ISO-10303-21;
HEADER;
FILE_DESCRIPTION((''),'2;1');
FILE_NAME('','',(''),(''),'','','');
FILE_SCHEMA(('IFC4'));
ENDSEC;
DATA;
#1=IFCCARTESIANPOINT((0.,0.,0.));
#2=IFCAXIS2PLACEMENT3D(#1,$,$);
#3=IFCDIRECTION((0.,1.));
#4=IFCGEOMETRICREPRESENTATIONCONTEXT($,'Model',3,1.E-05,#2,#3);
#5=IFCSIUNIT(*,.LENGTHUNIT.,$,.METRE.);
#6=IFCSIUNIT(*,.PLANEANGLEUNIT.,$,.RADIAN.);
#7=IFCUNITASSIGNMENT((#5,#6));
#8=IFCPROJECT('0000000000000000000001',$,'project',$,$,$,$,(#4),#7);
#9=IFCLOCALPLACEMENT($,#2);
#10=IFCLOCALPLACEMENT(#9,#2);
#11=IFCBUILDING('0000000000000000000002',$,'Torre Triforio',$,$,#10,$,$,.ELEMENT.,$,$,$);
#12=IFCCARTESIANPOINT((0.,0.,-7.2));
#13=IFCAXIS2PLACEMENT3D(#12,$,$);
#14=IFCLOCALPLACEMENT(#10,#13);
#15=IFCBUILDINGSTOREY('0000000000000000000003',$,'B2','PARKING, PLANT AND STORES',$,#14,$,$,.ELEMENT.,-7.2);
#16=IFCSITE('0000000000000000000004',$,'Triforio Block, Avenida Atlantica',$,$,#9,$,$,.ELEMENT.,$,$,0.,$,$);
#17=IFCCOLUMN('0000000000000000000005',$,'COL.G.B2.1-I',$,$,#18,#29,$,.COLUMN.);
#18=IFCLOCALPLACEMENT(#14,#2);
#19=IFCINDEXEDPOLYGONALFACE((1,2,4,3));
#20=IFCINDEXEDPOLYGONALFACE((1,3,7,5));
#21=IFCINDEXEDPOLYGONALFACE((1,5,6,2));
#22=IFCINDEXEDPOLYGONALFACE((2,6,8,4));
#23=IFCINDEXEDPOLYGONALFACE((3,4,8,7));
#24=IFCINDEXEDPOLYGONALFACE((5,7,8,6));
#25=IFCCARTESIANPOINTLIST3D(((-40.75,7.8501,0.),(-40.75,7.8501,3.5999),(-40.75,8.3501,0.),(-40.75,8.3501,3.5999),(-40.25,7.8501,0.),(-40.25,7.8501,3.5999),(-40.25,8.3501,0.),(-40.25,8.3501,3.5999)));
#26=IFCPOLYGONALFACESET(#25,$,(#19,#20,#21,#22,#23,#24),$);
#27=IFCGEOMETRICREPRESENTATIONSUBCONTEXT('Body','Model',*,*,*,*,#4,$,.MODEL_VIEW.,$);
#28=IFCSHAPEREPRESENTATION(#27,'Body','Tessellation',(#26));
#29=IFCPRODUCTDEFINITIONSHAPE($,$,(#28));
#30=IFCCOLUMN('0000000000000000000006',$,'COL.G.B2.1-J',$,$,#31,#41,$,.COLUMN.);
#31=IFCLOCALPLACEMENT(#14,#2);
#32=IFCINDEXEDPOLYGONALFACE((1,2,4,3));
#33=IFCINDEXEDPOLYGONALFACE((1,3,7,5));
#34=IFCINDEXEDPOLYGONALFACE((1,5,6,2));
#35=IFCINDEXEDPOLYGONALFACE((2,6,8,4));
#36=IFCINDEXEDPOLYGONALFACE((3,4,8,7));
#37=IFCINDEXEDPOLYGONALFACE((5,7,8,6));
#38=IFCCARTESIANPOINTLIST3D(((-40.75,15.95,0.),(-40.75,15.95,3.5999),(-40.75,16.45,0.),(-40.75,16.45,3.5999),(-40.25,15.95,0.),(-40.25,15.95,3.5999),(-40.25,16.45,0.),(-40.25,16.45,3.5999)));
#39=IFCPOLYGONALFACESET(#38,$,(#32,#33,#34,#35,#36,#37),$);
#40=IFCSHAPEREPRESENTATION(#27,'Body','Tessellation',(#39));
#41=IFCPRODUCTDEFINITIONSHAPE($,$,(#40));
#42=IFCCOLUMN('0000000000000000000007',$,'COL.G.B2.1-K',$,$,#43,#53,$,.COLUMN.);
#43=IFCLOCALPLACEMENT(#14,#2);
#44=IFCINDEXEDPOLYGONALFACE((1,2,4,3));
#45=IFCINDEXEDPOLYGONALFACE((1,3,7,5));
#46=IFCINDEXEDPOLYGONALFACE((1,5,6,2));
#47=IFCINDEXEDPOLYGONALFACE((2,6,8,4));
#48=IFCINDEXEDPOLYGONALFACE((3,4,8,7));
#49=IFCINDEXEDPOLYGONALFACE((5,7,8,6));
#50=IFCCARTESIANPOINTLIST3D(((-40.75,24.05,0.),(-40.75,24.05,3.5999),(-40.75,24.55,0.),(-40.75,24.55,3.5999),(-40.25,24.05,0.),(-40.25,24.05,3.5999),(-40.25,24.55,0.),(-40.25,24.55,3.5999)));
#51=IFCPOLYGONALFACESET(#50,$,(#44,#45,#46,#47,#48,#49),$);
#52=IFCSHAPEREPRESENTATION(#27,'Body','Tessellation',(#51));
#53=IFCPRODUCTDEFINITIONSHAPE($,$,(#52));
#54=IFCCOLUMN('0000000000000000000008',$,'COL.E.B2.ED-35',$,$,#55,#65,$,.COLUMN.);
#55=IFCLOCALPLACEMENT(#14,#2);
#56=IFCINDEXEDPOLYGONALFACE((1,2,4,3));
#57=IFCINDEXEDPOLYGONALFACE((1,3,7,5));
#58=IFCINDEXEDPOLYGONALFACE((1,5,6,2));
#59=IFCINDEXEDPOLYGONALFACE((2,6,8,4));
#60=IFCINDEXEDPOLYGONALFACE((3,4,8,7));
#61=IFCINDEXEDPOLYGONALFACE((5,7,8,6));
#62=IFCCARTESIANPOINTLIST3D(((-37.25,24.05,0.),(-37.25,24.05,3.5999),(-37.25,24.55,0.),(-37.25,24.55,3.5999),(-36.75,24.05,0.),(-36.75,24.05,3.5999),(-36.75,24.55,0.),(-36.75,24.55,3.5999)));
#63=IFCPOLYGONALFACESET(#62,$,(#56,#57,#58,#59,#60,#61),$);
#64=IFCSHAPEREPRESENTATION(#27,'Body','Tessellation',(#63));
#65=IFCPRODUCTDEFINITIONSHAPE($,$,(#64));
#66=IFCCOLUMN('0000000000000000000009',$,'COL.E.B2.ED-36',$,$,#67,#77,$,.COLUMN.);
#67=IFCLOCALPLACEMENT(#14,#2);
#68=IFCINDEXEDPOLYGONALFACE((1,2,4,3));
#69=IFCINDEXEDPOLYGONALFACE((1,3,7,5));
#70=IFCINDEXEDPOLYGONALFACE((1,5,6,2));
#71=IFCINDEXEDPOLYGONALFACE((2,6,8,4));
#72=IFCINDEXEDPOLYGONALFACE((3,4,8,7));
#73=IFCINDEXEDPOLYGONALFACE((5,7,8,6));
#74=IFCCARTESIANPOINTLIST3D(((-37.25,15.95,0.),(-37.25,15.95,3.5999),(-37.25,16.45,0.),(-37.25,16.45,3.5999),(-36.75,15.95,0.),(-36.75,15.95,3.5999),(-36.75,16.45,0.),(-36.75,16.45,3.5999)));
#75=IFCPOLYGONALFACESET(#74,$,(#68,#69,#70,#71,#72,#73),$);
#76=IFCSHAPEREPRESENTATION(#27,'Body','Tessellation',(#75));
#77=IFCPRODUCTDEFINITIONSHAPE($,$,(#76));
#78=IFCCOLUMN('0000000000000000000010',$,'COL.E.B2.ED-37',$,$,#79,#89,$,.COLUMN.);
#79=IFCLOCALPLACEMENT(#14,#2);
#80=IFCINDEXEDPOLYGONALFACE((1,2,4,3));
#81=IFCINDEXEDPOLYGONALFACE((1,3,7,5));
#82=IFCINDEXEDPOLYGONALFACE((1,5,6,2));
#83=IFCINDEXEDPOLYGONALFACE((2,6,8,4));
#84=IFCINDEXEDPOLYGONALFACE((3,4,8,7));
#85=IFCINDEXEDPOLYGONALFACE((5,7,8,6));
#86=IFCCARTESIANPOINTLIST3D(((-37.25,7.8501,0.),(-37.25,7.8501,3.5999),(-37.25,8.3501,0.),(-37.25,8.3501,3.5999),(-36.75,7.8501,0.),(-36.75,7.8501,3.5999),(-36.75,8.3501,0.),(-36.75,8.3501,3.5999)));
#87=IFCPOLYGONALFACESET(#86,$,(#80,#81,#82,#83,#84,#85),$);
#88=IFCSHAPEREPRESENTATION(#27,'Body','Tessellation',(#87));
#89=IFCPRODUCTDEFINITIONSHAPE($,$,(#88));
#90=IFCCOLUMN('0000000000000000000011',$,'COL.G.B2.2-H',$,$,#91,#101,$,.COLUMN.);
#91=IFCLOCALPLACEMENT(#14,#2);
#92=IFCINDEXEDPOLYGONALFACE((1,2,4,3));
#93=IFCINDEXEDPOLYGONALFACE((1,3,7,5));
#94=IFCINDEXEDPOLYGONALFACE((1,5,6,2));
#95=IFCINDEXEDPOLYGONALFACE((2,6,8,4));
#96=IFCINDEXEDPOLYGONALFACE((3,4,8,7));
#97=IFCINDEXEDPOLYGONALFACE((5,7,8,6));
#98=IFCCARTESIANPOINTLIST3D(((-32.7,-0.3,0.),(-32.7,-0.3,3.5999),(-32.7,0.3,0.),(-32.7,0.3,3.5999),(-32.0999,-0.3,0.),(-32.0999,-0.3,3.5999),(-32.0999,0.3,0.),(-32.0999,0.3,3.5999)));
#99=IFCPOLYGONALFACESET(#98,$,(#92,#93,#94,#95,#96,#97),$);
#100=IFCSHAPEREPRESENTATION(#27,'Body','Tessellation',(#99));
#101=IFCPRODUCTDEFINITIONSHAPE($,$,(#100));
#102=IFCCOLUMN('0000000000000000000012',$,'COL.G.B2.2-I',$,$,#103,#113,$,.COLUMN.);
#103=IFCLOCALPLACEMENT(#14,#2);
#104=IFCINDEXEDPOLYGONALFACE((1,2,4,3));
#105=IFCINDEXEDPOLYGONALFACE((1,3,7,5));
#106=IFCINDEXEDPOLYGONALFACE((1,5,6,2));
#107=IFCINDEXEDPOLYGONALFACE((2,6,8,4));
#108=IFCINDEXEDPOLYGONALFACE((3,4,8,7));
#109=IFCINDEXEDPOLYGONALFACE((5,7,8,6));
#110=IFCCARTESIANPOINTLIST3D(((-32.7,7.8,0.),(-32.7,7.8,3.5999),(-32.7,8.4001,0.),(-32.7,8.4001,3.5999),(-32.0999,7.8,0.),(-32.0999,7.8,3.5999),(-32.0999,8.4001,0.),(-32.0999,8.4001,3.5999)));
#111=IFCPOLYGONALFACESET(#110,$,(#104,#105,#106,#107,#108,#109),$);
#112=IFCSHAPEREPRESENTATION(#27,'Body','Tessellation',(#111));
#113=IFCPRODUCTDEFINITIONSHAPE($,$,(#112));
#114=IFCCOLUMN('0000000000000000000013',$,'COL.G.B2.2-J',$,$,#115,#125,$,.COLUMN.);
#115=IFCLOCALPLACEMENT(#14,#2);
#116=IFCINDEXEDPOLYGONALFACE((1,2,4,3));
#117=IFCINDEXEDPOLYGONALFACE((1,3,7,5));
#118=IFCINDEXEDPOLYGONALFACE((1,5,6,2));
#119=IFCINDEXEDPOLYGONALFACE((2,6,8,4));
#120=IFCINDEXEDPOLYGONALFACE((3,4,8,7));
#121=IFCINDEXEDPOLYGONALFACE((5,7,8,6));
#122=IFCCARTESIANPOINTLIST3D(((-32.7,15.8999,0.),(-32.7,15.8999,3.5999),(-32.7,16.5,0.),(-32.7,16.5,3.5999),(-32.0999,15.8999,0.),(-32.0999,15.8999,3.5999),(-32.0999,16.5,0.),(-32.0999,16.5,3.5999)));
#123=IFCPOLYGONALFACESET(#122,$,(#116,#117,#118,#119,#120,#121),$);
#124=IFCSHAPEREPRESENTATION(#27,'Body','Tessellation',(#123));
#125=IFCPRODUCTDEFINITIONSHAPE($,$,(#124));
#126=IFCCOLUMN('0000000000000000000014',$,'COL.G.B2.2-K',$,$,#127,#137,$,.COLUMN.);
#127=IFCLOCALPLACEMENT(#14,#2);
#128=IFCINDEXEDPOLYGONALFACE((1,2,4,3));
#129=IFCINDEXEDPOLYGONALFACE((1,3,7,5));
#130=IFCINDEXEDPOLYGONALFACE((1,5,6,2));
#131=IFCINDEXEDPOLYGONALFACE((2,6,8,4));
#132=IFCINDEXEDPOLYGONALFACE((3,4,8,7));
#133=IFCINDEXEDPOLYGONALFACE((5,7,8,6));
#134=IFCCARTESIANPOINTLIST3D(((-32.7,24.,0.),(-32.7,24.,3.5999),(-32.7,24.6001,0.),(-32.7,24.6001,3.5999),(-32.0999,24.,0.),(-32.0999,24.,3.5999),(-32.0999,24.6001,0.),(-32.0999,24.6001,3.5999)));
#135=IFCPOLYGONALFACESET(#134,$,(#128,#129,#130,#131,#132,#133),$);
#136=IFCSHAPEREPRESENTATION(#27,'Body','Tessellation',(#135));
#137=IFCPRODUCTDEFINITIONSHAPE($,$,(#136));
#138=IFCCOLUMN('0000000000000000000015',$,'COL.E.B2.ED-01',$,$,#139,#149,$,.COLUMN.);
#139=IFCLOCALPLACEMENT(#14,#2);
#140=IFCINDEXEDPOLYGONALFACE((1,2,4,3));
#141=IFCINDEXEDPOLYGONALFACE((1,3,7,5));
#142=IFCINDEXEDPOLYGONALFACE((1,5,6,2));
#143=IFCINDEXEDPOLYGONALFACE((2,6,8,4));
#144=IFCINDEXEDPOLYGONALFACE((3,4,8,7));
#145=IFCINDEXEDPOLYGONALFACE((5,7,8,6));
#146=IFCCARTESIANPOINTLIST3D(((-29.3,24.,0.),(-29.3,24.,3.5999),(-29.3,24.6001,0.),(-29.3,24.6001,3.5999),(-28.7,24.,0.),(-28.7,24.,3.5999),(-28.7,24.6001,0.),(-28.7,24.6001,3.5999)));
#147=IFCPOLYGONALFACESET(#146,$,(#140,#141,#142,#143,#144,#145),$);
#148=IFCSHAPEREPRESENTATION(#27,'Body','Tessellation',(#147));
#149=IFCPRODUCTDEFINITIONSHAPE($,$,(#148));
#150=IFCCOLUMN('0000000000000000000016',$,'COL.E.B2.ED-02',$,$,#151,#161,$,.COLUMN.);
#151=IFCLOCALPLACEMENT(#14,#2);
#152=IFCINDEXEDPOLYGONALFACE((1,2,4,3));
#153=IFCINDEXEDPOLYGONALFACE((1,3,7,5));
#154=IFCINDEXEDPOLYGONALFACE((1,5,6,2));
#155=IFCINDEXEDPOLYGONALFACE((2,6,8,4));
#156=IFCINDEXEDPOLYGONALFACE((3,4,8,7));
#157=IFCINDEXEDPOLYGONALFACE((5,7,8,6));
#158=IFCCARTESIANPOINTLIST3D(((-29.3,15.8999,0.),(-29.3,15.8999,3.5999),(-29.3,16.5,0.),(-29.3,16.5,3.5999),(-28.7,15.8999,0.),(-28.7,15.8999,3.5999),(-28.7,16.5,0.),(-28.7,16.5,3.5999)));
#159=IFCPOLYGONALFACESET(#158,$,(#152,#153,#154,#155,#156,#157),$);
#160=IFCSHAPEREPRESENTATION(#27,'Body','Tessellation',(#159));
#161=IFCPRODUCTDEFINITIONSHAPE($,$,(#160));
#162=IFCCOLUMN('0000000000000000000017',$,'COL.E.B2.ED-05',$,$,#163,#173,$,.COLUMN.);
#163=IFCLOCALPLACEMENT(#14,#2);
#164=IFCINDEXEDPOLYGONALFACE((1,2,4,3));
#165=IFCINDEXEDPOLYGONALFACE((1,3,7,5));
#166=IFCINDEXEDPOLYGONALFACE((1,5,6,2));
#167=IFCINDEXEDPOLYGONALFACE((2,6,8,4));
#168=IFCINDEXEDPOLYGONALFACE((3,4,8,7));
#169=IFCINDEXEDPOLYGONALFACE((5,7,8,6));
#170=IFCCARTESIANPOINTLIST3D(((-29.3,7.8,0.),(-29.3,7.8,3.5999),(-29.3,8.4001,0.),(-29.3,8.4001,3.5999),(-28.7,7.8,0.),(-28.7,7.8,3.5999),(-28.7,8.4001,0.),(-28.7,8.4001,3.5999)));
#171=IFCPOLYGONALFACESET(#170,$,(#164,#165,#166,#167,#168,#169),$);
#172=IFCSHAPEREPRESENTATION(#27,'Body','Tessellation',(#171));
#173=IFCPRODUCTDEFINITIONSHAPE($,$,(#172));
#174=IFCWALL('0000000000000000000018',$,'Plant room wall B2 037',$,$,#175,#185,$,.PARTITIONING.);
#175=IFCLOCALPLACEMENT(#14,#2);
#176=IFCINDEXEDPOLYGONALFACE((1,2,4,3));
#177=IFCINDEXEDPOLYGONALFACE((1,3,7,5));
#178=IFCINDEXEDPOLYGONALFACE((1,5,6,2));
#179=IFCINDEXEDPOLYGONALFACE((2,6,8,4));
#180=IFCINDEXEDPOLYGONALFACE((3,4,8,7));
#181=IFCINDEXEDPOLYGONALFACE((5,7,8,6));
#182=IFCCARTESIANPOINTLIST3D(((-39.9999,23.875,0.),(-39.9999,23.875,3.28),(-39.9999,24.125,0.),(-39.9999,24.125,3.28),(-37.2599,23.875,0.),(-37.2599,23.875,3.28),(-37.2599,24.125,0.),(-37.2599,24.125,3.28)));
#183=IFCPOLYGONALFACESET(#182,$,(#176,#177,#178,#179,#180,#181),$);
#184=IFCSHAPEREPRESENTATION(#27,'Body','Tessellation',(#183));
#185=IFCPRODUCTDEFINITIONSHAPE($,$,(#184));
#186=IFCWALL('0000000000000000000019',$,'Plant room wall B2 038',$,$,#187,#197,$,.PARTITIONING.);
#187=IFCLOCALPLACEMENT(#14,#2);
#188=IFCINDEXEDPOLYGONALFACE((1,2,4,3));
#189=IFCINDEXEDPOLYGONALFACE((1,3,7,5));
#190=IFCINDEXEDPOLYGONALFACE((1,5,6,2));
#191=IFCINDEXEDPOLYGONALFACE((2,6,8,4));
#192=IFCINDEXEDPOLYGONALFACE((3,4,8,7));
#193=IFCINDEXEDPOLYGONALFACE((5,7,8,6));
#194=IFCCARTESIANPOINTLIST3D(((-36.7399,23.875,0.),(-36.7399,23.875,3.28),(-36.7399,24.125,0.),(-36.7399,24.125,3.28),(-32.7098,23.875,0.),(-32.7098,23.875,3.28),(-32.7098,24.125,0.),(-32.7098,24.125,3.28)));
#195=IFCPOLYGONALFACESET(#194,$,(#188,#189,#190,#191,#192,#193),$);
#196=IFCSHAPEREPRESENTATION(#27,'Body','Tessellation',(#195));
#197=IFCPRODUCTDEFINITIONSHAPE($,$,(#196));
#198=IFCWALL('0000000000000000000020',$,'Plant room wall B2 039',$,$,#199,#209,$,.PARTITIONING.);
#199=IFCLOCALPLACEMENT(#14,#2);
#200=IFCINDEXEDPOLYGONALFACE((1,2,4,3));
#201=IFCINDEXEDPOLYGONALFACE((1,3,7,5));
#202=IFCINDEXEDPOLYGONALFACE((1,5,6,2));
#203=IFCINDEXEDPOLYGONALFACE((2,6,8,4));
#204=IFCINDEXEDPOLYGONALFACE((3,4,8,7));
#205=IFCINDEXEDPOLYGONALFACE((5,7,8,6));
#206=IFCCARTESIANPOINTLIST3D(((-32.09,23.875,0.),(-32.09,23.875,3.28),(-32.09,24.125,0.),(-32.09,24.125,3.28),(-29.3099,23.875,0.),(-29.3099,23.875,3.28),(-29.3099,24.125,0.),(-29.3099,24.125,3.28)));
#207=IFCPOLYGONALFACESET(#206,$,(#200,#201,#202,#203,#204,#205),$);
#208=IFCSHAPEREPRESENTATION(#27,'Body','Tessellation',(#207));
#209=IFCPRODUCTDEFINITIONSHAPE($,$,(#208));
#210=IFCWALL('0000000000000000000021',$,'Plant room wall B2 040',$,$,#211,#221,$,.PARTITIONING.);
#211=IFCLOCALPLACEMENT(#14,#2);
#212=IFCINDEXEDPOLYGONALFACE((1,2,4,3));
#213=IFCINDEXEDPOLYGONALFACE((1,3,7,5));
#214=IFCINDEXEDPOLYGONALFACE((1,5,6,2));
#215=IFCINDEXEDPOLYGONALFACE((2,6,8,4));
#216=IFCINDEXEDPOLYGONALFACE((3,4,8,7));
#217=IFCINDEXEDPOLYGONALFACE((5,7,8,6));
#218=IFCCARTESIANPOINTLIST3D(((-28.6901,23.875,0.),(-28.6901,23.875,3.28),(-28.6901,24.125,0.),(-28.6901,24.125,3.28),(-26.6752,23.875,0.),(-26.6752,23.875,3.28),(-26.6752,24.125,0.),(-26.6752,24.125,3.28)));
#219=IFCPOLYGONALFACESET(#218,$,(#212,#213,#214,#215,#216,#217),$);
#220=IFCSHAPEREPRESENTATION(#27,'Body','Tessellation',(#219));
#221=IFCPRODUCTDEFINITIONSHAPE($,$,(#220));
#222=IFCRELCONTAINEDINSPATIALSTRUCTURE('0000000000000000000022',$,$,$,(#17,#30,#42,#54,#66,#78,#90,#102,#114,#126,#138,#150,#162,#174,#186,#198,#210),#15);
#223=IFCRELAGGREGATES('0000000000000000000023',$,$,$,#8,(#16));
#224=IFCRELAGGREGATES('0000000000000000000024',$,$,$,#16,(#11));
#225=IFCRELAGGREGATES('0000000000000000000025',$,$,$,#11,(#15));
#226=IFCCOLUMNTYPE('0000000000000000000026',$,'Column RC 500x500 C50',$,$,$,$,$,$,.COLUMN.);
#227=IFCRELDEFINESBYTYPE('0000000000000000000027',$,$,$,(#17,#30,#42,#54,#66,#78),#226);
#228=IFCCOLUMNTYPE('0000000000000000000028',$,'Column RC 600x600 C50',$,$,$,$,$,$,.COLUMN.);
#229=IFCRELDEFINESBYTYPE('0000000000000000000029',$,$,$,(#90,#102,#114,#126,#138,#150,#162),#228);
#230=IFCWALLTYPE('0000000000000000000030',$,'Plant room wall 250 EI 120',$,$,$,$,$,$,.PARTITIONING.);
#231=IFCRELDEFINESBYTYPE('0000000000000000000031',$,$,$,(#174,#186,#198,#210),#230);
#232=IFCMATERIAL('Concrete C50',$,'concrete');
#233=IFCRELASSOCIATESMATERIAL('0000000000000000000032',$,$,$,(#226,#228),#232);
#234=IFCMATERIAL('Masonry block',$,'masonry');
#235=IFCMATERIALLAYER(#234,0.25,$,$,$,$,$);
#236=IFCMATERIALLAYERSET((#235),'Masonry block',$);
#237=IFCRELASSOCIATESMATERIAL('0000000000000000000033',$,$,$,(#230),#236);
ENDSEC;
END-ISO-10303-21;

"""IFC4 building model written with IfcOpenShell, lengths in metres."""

from ifc_helpers import new_model, si_unit, direction, frame, frame_2d, origin, origin_2d, place, context, subcontext, project, spatial, rectangle, extrude, material, layer, layer_set, material_profile, profile_set, type_object, element, save


model = new_model("IFC4")

# Units and contexts
model_context = context("Model", 3, precision=1e-05, world=origin(), true_north=direction((0.0, 1.0)))
body_context = subcontext(model_context, "Body", "Model", "MODEL_VIEW")
ifc_project = project(units=[si_unit("LENGTHUNIT", "METRE"), si_unit("PLANEANGLEUNIT", "RADIAN")], contexts=[model_context])

# Site, building, storey
site_placement = place(None, origin())
site = spatial("IfcSite", under=ifc_project, at=site_placement, Name="Triforio Block, Avenida Atlantica", CompositionType="ELEMENT", RefElevation=0.0)
building_placement = place(site_placement, origin())
building = spatial("IfcBuilding", under=site, at=building_placement, Name="Torre Triforio", CompositionType="ELEMENT")
storey_placement = place(building_placement, frame((0.0, 0.0, -7.2)))
storey = spatial("IfcBuildingStorey", under=building, at=storey_placement, Name="B2", Description="PARKING, PLANT AND STORES", CompositionType="ELEMENT", Elevation=-7.2)

# Columns
ifc_material_1 = material(Name="Concrete C50", Category="concrete")
ifc_material_profile_1 = material_profile(ifc_material_1, rectangle(XDim=0.5, YDim=0.5, at=origin_2d()), Name="RC 500x500")
ifc_profile_set_1 = profile_set([ifc_material_profile_1], Name="Concrete C50")
column_type_1 = type_object("IfcColumnType", Name="Column RC 500x500 C50", PredefinedType="COLUMN", material=ifc_profile_set_1)
for number, where, z_axis, x_axis, name in (
    (1, (-40.5, 8.1001, 0.0), (0.0, 0.0, 1.0), (1.0, 0.0, 0.0), "COL.G.B2.1-I"),
    (2, (-40.5, 16.2, 0.0), (0.0, 0.0, 1.0), (1.0, 0.0, 0.0), "COL.G.B2.1-J"),
    (3, (-40.5, 24.3, 0.0), (0.0, 0.0, 1.0), (1.0, 0.0, 0.0), "COL.G.B2.1-K"),
    (4, (-37.0, 24.3, 0.0), (0.0, 0.0, 1.0), (1.0, 0.0, 0.0), "COL.E.B2.ED-35"),
    (5, (-37.0, 16.2, 0.0), (0.0, 0.0, 1.0), (1.0, 0.0, 0.0), "COL.E.B2.ED-36"),
    (6, (-37.0, 8.1001, 0.0), (0.0, 0.0, 1.0), (1.0, 0.0, 0.0), "COL.E.B2.ED-37"),
):
    element("IfcColumn", number, at=place(storey_placement, frame(where, z_axis=z_axis, x_axis=x_axis)), inside=storey, type_object=column_type_1, Name=name, PredefinedType="COLUMN", context=body_context, shape_type="SweptSolid", body=[
        extrude(rectangle(XDim=0.5, YDim=0.5, at=origin_2d()), origin(), (0.0, 0.0, 1.0), 3.5999),
    ])
ifc_material_profile_2 = material_profile(ifc_material_1, rectangle(XDim=0.6001, YDim=0.6001, at=origin_2d()), Name="RC 600x600")
ifc_profile_set_2 = profile_set([ifc_material_profile_2], Name="Concrete C50")
column_type_2 = type_object("IfcColumnType", Name="Column RC 600x600 C50", PredefinedType="COLUMN", material=ifc_profile_set_2)
for number, where, z_axis, x_axis, name in (
    (7, (-32.3999, 0.0, 0.0), (0.0, 0.0, 1.0), (1.0, 0.0, 0.0), "COL.G.B2.2-H"),
    (8, (-32.3999, 8.1001, 0.0), (0.0, 0.0, 1.0), (1.0, 0.0, 0.0), "COL.G.B2.2-I"),
    (9, (-32.3999, 16.2, 0.0), (0.0, 0.0, 1.0), (1.0, 0.0, 0.0), "COL.G.B2.2-J"),
    (10, (-32.3999, 24.3, 0.0), (0.0, 0.0, 1.0), (1.0, 0.0, 0.0), "COL.G.B2.2-K"),
    (11, (-29.0, 24.3, 0.0), (0.0, 0.0, 1.0), (1.0, 0.0, 0.0), "COL.E.B2.ED-01"),
    (12, (-29.0, 16.2, 0.0), (0.0, 0.0, 1.0), (1.0, 0.0, 0.0), "COL.E.B2.ED-02"),
    (13, (-29.0, 8.1001, 0.0), (0.0, 0.0, 1.0), (1.0, 0.0, 0.0), "COL.E.B2.ED-05"),
):
    element("IfcColumn", number, at=place(storey_placement, frame(where, z_axis=z_axis, x_axis=x_axis)), inside=storey, type_object=column_type_2, Name=name, PredefinedType="COLUMN", context=body_context, shape_type="SweptSolid", body=[
        extrude(rectangle(XDim=0.6001, YDim=0.6001, at=origin_2d()), origin(), (0.0, 0.0, 1.0), 3.5999),
    ])

# Walls
ifc_material_2 = material(Name="Masonry block", Category="masonry")
ifc_layer_1 = layer(ifc_material_2, 0.25)
ifc_layer_set_1 = layer_set([ifc_layer_1], Name="Masonry block")
wall_type_1 = type_object("IfcWallType", Name="Plant room wall 250 EI 120", PredefinedType="PARTITIONING", material=ifc_layer_set_1)
wall_1_placement = place(storey_placement, frame((-40.0, 24.0, 0.0), z_axis=(0.0, 0.0, 1.0), x_axis=(1.0, 0.0, 0.0)))
element("IfcWall", 14, at=wall_1_placement, inside=storey, type_object=wall_type_1, Name="Plant room wall B2 037", PredefinedType="PARTITIONING", context=body_context, shape_type="SweptSolid", body=[
    extrude(rectangle(XDim=2.74, YDim=0.25, at=frame_2d((1.3701, 0.0))), origin(), (0.0, 0.0, 1.0), 3.28),
])
wall_2_placement = place(storey_placement, frame((-36.74, 24.0, 0.0), z_axis=(0.0, 0.0, 1.0), x_axis=(1.0, 0.0, 0.0)))
element("IfcWall", 15, at=wall_2_placement, inside=storey, type_object=wall_type_1, Name="Plant room wall B2 038", PredefinedType="PARTITIONING", context=body_context, shape_type="SweptSolid", body=[
    extrude(rectangle(XDim=4.03, YDim=0.25, at=frame_2d((2.0151, 0.0))), origin(), (0.0, 0.0, 1.0), 3.28),
])
wall_3_placement = place(storey_placement, frame((-32.0901, 24.0, 0.0), z_axis=(0.0, 0.0, 1.0), x_axis=(1.0, 0.0, 0.0)))
element("IfcWall", 16, at=wall_3_placement, inside=storey, type_object=wall_type_1, Name="Plant room wall B2 039", PredefinedType="PARTITIONING", context=body_context, shape_type="SweptSolid", body=[
    extrude(rectangle(XDim=2.78, YDim=0.25, at=frame_2d((1.3901, 0.0))), origin(), (0.0, 0.0, 1.0), 3.28),
])
wall_4_placement = place(storey_placement, frame((-28.6899, 24.0, 0.0), z_axis=(0.0, 0.0, 1.0), x_axis=(1.0, 0.0, 0.0)))
element("IfcWall", 17, at=wall_4_placement, inside=storey, type_object=wall_type_1, Name="Plant room wall B2 040", PredefinedType="PARTITIONING", context=body_context, shape_type="SweptSolid", body=[
    extrude(rectangle(XDim=2.0149, YDim=0.25, at=frame_2d((1.0073, 0.0))), origin(), (0.0, 0.0, 1.0), 3.28),
])

save(model, "model.ifc")
